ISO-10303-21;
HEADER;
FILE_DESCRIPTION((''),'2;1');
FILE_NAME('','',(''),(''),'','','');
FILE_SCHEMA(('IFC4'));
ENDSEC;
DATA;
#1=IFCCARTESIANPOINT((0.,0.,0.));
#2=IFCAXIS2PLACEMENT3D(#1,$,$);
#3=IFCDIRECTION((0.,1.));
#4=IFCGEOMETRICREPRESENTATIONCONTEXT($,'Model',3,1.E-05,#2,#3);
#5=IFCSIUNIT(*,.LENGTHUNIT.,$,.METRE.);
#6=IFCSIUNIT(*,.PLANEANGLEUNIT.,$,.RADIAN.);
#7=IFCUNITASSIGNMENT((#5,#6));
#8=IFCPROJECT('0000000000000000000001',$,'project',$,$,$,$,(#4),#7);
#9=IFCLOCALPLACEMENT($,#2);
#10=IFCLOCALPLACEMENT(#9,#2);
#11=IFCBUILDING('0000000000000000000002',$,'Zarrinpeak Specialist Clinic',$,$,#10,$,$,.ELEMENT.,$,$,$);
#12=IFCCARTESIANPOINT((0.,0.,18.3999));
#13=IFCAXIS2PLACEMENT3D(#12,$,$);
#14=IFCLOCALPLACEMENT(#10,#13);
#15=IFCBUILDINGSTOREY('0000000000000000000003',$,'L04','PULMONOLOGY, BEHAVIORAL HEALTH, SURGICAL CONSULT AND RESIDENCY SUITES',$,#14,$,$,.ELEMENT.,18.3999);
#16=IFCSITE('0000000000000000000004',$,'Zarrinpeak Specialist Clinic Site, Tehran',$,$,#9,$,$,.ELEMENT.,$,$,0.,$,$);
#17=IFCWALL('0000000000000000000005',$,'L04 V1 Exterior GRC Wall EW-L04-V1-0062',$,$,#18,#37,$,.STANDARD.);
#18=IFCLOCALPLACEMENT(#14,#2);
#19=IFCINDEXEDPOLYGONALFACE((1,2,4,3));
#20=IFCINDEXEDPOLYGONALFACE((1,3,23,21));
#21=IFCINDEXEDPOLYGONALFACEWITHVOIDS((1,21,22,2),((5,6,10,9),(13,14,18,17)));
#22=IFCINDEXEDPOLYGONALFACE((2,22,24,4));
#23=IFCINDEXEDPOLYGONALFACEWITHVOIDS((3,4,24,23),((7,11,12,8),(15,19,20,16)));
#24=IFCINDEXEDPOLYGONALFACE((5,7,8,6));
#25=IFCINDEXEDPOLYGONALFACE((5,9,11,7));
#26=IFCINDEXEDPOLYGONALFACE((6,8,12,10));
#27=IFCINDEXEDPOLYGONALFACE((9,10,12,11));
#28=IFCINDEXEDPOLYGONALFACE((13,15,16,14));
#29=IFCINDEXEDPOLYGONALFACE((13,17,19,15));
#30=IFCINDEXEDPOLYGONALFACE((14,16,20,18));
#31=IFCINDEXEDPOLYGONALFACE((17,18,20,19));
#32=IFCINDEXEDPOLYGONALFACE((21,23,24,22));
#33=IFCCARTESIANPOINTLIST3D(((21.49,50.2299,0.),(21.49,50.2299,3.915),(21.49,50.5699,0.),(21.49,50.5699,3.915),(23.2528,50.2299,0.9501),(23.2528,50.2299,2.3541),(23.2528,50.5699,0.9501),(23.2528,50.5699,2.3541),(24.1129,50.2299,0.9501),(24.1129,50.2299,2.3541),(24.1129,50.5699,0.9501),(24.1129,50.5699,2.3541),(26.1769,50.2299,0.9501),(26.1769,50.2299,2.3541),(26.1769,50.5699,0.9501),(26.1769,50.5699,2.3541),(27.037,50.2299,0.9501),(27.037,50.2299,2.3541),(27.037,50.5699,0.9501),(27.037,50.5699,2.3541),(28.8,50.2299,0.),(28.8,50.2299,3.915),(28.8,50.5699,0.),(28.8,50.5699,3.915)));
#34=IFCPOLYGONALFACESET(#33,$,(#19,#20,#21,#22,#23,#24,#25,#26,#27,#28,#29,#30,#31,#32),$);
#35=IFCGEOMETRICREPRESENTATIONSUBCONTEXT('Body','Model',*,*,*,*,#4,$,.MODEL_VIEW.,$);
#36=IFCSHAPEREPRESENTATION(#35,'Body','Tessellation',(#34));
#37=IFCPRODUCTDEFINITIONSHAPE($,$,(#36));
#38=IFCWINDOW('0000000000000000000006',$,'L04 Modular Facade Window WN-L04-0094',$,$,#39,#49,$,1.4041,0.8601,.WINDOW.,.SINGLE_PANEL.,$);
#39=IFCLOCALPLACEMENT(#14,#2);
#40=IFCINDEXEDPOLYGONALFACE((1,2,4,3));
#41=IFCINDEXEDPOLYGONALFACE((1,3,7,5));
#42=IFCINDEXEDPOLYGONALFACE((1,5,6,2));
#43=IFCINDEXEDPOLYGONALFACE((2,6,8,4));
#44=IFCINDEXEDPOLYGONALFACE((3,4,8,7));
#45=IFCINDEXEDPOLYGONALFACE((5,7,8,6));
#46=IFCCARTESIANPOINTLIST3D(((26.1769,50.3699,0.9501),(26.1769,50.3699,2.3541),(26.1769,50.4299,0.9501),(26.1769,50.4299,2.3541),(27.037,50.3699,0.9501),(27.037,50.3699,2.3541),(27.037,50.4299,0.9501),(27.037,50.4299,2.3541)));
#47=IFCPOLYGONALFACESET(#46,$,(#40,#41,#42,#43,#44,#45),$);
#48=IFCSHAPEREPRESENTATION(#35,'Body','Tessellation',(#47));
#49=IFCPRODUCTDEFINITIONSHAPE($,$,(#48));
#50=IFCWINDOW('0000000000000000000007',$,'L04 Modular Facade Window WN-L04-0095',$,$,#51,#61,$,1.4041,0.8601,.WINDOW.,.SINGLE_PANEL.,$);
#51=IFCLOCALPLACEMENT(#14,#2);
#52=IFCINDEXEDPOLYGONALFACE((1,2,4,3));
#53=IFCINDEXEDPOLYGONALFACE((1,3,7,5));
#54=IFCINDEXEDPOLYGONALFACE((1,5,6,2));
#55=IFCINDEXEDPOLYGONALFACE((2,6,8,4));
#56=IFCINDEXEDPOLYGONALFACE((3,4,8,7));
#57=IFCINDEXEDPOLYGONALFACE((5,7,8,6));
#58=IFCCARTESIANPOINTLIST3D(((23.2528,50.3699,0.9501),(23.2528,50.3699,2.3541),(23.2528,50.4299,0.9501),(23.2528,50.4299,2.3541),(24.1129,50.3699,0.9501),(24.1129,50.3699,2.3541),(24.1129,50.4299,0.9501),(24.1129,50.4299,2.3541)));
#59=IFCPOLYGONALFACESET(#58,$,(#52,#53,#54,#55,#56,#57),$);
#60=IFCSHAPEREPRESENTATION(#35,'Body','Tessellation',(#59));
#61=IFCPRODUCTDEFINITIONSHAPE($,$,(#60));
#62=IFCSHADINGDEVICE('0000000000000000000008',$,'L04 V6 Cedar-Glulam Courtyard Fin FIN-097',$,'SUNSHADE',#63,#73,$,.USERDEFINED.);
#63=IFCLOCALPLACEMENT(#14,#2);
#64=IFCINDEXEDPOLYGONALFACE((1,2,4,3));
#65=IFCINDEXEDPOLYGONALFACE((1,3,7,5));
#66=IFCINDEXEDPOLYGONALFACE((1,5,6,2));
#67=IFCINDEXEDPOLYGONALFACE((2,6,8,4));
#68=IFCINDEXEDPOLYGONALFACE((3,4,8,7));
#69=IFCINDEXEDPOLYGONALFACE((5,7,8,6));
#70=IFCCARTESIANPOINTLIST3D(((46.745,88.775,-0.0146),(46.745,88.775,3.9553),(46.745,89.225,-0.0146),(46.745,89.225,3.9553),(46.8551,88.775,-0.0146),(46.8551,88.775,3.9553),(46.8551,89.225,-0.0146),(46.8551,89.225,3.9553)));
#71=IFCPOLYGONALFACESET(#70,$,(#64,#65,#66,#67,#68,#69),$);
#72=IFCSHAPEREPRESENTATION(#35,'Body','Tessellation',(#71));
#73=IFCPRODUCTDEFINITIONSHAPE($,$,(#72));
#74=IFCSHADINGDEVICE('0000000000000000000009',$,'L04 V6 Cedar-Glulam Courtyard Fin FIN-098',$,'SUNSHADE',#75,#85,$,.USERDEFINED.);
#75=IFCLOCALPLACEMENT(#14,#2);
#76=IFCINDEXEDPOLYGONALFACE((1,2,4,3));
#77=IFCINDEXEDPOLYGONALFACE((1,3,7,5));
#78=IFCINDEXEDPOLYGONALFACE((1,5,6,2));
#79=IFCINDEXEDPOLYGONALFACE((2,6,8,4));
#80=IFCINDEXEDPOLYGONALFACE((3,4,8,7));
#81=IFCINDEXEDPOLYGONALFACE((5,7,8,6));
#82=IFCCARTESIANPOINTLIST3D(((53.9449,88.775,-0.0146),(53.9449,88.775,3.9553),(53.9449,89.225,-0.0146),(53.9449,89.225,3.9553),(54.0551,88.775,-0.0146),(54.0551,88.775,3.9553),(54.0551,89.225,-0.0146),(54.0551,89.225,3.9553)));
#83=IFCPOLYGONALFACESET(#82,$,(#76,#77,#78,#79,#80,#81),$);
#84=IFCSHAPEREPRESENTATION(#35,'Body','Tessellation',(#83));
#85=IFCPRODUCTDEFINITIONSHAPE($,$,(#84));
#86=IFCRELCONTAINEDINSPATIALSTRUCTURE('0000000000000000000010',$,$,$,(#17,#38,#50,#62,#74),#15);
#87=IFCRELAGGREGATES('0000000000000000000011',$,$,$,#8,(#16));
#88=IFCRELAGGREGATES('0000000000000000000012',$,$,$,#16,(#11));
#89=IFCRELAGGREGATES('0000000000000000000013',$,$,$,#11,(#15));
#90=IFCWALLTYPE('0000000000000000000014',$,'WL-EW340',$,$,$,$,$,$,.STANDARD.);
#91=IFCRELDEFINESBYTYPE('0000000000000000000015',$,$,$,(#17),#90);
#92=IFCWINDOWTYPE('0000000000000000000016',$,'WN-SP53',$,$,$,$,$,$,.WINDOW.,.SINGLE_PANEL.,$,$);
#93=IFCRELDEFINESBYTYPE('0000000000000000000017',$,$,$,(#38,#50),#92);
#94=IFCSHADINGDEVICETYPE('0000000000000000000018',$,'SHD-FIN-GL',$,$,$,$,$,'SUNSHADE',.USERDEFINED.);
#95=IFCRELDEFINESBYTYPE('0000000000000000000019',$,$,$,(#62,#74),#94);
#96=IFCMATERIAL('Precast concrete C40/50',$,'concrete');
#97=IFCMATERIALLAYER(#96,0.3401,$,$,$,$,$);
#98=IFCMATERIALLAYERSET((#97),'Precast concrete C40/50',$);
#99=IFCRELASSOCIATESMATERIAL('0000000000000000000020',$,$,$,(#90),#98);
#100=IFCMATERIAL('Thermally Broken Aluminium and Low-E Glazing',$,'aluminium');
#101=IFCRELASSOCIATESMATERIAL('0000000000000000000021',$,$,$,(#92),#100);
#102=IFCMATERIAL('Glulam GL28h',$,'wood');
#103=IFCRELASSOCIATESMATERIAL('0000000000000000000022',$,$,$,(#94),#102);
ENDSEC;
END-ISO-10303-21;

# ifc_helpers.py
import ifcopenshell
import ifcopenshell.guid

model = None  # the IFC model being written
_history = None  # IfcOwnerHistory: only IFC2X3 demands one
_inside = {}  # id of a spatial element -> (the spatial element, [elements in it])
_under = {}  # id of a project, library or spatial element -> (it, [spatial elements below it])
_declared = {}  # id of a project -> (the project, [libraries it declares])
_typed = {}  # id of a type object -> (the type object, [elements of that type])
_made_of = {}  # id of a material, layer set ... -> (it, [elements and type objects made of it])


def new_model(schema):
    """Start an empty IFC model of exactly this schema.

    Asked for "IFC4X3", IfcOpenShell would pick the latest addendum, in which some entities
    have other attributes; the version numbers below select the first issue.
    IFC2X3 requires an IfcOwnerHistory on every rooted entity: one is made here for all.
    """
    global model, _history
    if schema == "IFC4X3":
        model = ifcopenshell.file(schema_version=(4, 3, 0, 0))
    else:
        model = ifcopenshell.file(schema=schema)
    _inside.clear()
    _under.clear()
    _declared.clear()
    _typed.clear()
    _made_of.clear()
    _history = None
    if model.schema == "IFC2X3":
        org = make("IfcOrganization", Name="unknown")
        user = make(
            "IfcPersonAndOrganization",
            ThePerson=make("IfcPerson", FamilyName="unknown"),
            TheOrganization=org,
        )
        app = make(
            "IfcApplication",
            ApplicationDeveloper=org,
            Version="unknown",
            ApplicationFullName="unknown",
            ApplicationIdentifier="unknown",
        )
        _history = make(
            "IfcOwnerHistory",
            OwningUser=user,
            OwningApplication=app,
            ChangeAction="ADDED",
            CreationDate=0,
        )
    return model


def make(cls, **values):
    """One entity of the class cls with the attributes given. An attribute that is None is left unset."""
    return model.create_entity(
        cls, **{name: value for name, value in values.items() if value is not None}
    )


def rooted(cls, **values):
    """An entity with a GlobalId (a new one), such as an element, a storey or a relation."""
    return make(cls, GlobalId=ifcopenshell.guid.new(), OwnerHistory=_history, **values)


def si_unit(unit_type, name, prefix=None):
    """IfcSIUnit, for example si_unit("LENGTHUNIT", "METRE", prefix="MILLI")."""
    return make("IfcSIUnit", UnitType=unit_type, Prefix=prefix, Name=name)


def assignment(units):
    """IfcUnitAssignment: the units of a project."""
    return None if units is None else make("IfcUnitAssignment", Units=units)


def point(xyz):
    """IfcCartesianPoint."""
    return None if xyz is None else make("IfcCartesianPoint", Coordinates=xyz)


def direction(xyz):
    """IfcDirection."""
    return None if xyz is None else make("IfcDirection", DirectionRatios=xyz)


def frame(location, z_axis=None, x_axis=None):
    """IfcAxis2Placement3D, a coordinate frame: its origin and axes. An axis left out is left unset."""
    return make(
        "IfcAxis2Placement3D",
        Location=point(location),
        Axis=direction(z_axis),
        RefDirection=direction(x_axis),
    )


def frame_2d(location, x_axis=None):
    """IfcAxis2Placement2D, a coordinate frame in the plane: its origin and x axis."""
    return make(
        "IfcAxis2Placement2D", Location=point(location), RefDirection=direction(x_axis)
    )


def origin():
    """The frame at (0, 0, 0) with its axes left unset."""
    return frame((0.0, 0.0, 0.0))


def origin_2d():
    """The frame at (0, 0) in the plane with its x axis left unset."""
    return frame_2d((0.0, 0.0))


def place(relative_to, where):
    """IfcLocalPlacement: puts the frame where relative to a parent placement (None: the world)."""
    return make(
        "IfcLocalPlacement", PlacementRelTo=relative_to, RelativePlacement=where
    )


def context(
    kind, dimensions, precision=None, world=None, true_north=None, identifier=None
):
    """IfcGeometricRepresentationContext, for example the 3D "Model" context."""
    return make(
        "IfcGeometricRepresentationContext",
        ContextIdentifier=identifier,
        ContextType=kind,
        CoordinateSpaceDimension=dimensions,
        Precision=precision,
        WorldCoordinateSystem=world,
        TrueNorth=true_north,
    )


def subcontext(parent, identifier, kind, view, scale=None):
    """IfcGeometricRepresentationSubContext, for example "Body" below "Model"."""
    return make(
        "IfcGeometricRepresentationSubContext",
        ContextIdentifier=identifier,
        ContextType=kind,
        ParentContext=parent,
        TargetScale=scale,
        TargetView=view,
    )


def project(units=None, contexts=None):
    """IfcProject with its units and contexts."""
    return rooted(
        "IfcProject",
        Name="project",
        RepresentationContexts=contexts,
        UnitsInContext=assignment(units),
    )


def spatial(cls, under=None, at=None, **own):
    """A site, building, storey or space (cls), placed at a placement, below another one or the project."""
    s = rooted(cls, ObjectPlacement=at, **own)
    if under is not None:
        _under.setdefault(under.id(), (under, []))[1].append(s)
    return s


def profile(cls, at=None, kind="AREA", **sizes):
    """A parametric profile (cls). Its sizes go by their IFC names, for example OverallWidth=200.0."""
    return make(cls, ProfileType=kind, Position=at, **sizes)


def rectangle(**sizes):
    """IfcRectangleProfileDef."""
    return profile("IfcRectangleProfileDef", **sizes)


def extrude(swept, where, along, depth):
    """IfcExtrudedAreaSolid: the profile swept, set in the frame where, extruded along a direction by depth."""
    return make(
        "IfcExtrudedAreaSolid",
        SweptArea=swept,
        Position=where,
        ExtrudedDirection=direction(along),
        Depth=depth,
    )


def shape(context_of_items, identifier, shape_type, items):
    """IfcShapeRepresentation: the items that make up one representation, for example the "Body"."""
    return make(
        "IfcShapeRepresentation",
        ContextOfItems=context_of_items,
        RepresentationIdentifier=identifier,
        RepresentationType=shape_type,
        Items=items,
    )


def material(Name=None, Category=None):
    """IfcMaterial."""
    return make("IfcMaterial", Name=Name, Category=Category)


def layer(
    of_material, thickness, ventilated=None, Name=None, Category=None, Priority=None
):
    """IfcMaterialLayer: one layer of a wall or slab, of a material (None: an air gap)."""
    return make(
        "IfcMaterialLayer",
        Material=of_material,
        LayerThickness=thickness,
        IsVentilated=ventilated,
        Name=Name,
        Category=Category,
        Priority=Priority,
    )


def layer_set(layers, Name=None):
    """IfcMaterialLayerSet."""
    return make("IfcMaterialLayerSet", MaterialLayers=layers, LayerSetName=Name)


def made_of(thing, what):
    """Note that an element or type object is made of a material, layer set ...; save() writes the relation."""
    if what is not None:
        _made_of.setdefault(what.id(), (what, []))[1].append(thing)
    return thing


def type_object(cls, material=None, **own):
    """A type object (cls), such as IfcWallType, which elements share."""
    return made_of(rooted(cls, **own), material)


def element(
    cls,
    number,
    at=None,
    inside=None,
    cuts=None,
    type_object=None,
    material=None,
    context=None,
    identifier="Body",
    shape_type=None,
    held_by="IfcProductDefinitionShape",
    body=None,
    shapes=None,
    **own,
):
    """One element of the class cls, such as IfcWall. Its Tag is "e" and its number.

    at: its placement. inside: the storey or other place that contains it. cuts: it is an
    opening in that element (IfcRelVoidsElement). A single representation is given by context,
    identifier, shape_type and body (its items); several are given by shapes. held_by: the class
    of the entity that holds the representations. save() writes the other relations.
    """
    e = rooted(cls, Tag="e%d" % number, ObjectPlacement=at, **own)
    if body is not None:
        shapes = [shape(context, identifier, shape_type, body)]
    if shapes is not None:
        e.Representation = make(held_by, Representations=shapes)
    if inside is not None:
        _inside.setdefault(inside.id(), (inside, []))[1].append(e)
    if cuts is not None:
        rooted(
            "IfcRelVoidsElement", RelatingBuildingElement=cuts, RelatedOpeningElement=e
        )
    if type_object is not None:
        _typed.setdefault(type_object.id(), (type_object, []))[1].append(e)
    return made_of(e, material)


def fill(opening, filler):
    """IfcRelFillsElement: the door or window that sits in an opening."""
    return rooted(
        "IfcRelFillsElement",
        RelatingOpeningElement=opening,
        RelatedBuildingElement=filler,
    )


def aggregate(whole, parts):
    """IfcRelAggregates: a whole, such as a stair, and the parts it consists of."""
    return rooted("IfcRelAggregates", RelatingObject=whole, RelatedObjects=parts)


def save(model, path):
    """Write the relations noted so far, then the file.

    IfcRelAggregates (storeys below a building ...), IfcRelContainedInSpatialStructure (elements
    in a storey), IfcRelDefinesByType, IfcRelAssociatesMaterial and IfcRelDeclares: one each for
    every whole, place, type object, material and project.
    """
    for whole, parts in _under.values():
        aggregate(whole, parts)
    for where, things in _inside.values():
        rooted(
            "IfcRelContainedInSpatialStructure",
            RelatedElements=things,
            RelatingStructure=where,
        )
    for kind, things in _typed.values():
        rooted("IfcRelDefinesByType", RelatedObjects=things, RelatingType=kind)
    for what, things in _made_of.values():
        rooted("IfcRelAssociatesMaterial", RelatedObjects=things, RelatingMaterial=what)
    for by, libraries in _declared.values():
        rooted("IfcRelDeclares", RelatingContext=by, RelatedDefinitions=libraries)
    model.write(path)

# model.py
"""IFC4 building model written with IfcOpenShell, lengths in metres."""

from ifc_helpers import new_model, si_unit, direction, frame, frame_2d, origin, origin_2d, place, context, subcontext, project, spatial, rectangle, extrude, material, layer, layer_set, type_object, element, fill, save


model = new_model("IFC4")

# Units and contexts
model_context = context("Model", 3, precision=1e-05, world=origin(), true_north=direction((0.0, 1.0)))
body_context = subcontext(model_context, "Body", "Model", "MODEL_VIEW")
ifc_project = project(units=[si_unit("LENGTHUNIT", "METRE"), si_unit("PLANEANGLEUNIT", "RADIAN")], contexts=[model_context])

# Site, building, storey
site_placement = place(None, origin())
site = spatial("IfcSite", under=ifc_project, at=site_placement, Name="Zarrinpeak Specialist Clinic Site, Tehran", CompositionType="ELEMENT", RefElevation=0.0)
building_placement = place(site_placement, origin())
building = spatial("IfcBuilding", under=site, at=building_placement, Name="Zarrinpeak Specialist Clinic", CompositionType="ELEMENT")
storey_placement = place(building_placement, frame((0.0, 0.0, 18.3999)))
storey = spatial("IfcBuildingStorey", under=building, at=storey_placement, Name="L04", Description="PULMONOLOGY, BEHAVIORAL HEALTH, SURGICAL CONSULT AND RESIDENCY SUITES", CompositionType="ELEMENT", Elevation=18.3999)

# Wall, openings, windows
ifc_material_1 = material(Name="Precast concrete C40/50", Category="concrete")
ifc_layer_1 = layer(ifc_material_1, 0.3401)
ifc_layer_set_1 = layer_set([ifc_layer_1], Name="Precast concrete C40/50")
wall_type = type_object("IfcWallType", Name="WL-EW340", PredefinedType="STANDARD", material=ifc_layer_set_1)
wall_placement = place(storey_placement, frame((28.8, 50.3999, 0.0), z_axis=(0.0, 0.0, 1.0), x_axis=(-1.0, 0.0, 0.0)))
wall = element("IfcWall", 1, at=wall_placement, inside=storey, type_object=wall_type, Name="L04 V1 Exterior GRC Wall EW-L04-V1-0062", PredefinedType="STANDARD", context=body_context, shape_type="SweptSolid", body=[
    extrude(rectangle(XDim=7.3101, YDim=0.3401, at=frame_2d((3.655, 0.0))), origin(), (0.0, 0.0, 1.0), 3.915),
])
opening_1_placement = place(wall_placement, frame((1.7629, 0.0, 0.95)))
opening_1 = element("IfcOpeningElement", 2, at=opening_1_placement, cuts=wall, PredefinedType="OPENING", context=body_context, shape_type="SweptSolid", body=[
    extrude(rectangle(XDim=0.8601, YDim=1.4041, at=frame_2d((0.4302, 0.7021))), frame((0.0, 0.1802, 0.0), z_axis=(0.0, -1.0, 0.0), x_axis=(1.0, 0.0, 0.0)), (0.0, 0.0, 1.0), 0.3601),
])
opening_2_placement = place(wall_placement, frame((4.687, 0.0, 0.95)))
opening_2 = element("IfcOpeningElement", 3, at=opening_2_placement, cuts=wall, PredefinedType="OPENING", context=body_context, shape_type="SweptSolid", body=[
    extrude(rectangle(XDim=0.8601, YDim=1.4041, at=frame_2d((0.4302, 0.7021))), frame((0.0, 0.1802, 0.0), z_axis=(0.0, -1.0, 0.0), x_axis=(1.0, 0.0, 0.0)), (0.0, 0.0, 1.0), 0.3601),
])
ifc_material_2 = material(Name="Thermally Broken Aluminium and Low-E Glazing", Category="aluminium")
window_type = type_object("IfcWindowType", Name="WN-SP53", PartitioningType="SINGLE_PANEL", PredefinedType="WINDOW", material=ifc_material_2)
window_1_placement = place(opening_1_placement, origin())
window_1 = element("IfcWindow", 4, at=window_1_placement, inside=storey, type_object=window_type, Name="L04 Modular Facade Window WN-L04-0094", OverallHeight=1.4041, OverallWidth=0.8601, PartitioningType="SINGLE_PANEL", PredefinedType="WINDOW", context=body_context, shape_type="SweptSolid", body=[
    extrude(rectangle(XDim=0.8601, YDim=1.4041, at=frame_2d((0.4302, 0.7021))), frame((0.0, 0.03, 0.0), z_axis=(0.0, -1.0, 0.0), x_axis=(1.0, 0.0, 0.0)), (0.0, 0.0, 1.0), 0.0601),
])
fill(opening_1, window_1)
window_2_placement = place(opening_2_placement, origin())
window_2 = element("IfcWindow", 5, at=window_2_placement, inside=storey, type_object=window_type, Name="L04 Modular Facade Window WN-L04-0095", OverallHeight=1.4041, OverallWidth=0.8601, PartitioningType="SINGLE_PANEL", PredefinedType="WINDOW", context=body_context, shape_type="SweptSolid", body=[
    extrude(rectangle(XDim=0.8601, YDim=1.4041, at=frame_2d((0.4302, 0.7021))), frame((0.0, 0.03, 0.0), z_axis=(0.0, -1.0, 0.0), x_axis=(1.0, 0.0, 0.0)), (0.0, 0.0, 1.0), 0.0601),
])
fill(opening_2, window_2)

# Shading devices
ifc_material_3 = material(Name="Glulam GL28h", Category="wood")
shading_device_type = type_object("IfcShadingDeviceType", Name="SHD-FIN-GL", ElementType="SUNSHADE", PredefinedType="USERDEFINED", material=ifc_material_3)
for number, where, z_axis, x_axis, name in (
    (6, (46.8, 89.0, -0.0146), (0.0, 0.0, 1.0), (1.0, 0.0, 0.0), "L04 V6 Cedar-Glulam Courtyard Fin FIN-097"),
    (7, (54.0, 89.0, -0.0146), (0.0, 0.0, 1.0), (1.0, 0.0, 0.0), "L04 V6 Cedar-Glulam Courtyard Fin FIN-098"),
):
    element("IfcShadingDevice", number, at=place(storey_placement, frame(where, z_axis=z_axis, x_axis=x_axis)), inside=storey, type_object=shading_device_type, Name=name, ObjectType="SUNSHADE", PredefinedType="USERDEFINED", context=body_context, shape_type="SweptSolid", body=[
        extrude(rectangle(XDim=0.1101, YDim=0.45, at=origin_2d()), origin(), (0.0, 0.0, 1.0), 3.97),
    ])

save(model, "model.ifc")
